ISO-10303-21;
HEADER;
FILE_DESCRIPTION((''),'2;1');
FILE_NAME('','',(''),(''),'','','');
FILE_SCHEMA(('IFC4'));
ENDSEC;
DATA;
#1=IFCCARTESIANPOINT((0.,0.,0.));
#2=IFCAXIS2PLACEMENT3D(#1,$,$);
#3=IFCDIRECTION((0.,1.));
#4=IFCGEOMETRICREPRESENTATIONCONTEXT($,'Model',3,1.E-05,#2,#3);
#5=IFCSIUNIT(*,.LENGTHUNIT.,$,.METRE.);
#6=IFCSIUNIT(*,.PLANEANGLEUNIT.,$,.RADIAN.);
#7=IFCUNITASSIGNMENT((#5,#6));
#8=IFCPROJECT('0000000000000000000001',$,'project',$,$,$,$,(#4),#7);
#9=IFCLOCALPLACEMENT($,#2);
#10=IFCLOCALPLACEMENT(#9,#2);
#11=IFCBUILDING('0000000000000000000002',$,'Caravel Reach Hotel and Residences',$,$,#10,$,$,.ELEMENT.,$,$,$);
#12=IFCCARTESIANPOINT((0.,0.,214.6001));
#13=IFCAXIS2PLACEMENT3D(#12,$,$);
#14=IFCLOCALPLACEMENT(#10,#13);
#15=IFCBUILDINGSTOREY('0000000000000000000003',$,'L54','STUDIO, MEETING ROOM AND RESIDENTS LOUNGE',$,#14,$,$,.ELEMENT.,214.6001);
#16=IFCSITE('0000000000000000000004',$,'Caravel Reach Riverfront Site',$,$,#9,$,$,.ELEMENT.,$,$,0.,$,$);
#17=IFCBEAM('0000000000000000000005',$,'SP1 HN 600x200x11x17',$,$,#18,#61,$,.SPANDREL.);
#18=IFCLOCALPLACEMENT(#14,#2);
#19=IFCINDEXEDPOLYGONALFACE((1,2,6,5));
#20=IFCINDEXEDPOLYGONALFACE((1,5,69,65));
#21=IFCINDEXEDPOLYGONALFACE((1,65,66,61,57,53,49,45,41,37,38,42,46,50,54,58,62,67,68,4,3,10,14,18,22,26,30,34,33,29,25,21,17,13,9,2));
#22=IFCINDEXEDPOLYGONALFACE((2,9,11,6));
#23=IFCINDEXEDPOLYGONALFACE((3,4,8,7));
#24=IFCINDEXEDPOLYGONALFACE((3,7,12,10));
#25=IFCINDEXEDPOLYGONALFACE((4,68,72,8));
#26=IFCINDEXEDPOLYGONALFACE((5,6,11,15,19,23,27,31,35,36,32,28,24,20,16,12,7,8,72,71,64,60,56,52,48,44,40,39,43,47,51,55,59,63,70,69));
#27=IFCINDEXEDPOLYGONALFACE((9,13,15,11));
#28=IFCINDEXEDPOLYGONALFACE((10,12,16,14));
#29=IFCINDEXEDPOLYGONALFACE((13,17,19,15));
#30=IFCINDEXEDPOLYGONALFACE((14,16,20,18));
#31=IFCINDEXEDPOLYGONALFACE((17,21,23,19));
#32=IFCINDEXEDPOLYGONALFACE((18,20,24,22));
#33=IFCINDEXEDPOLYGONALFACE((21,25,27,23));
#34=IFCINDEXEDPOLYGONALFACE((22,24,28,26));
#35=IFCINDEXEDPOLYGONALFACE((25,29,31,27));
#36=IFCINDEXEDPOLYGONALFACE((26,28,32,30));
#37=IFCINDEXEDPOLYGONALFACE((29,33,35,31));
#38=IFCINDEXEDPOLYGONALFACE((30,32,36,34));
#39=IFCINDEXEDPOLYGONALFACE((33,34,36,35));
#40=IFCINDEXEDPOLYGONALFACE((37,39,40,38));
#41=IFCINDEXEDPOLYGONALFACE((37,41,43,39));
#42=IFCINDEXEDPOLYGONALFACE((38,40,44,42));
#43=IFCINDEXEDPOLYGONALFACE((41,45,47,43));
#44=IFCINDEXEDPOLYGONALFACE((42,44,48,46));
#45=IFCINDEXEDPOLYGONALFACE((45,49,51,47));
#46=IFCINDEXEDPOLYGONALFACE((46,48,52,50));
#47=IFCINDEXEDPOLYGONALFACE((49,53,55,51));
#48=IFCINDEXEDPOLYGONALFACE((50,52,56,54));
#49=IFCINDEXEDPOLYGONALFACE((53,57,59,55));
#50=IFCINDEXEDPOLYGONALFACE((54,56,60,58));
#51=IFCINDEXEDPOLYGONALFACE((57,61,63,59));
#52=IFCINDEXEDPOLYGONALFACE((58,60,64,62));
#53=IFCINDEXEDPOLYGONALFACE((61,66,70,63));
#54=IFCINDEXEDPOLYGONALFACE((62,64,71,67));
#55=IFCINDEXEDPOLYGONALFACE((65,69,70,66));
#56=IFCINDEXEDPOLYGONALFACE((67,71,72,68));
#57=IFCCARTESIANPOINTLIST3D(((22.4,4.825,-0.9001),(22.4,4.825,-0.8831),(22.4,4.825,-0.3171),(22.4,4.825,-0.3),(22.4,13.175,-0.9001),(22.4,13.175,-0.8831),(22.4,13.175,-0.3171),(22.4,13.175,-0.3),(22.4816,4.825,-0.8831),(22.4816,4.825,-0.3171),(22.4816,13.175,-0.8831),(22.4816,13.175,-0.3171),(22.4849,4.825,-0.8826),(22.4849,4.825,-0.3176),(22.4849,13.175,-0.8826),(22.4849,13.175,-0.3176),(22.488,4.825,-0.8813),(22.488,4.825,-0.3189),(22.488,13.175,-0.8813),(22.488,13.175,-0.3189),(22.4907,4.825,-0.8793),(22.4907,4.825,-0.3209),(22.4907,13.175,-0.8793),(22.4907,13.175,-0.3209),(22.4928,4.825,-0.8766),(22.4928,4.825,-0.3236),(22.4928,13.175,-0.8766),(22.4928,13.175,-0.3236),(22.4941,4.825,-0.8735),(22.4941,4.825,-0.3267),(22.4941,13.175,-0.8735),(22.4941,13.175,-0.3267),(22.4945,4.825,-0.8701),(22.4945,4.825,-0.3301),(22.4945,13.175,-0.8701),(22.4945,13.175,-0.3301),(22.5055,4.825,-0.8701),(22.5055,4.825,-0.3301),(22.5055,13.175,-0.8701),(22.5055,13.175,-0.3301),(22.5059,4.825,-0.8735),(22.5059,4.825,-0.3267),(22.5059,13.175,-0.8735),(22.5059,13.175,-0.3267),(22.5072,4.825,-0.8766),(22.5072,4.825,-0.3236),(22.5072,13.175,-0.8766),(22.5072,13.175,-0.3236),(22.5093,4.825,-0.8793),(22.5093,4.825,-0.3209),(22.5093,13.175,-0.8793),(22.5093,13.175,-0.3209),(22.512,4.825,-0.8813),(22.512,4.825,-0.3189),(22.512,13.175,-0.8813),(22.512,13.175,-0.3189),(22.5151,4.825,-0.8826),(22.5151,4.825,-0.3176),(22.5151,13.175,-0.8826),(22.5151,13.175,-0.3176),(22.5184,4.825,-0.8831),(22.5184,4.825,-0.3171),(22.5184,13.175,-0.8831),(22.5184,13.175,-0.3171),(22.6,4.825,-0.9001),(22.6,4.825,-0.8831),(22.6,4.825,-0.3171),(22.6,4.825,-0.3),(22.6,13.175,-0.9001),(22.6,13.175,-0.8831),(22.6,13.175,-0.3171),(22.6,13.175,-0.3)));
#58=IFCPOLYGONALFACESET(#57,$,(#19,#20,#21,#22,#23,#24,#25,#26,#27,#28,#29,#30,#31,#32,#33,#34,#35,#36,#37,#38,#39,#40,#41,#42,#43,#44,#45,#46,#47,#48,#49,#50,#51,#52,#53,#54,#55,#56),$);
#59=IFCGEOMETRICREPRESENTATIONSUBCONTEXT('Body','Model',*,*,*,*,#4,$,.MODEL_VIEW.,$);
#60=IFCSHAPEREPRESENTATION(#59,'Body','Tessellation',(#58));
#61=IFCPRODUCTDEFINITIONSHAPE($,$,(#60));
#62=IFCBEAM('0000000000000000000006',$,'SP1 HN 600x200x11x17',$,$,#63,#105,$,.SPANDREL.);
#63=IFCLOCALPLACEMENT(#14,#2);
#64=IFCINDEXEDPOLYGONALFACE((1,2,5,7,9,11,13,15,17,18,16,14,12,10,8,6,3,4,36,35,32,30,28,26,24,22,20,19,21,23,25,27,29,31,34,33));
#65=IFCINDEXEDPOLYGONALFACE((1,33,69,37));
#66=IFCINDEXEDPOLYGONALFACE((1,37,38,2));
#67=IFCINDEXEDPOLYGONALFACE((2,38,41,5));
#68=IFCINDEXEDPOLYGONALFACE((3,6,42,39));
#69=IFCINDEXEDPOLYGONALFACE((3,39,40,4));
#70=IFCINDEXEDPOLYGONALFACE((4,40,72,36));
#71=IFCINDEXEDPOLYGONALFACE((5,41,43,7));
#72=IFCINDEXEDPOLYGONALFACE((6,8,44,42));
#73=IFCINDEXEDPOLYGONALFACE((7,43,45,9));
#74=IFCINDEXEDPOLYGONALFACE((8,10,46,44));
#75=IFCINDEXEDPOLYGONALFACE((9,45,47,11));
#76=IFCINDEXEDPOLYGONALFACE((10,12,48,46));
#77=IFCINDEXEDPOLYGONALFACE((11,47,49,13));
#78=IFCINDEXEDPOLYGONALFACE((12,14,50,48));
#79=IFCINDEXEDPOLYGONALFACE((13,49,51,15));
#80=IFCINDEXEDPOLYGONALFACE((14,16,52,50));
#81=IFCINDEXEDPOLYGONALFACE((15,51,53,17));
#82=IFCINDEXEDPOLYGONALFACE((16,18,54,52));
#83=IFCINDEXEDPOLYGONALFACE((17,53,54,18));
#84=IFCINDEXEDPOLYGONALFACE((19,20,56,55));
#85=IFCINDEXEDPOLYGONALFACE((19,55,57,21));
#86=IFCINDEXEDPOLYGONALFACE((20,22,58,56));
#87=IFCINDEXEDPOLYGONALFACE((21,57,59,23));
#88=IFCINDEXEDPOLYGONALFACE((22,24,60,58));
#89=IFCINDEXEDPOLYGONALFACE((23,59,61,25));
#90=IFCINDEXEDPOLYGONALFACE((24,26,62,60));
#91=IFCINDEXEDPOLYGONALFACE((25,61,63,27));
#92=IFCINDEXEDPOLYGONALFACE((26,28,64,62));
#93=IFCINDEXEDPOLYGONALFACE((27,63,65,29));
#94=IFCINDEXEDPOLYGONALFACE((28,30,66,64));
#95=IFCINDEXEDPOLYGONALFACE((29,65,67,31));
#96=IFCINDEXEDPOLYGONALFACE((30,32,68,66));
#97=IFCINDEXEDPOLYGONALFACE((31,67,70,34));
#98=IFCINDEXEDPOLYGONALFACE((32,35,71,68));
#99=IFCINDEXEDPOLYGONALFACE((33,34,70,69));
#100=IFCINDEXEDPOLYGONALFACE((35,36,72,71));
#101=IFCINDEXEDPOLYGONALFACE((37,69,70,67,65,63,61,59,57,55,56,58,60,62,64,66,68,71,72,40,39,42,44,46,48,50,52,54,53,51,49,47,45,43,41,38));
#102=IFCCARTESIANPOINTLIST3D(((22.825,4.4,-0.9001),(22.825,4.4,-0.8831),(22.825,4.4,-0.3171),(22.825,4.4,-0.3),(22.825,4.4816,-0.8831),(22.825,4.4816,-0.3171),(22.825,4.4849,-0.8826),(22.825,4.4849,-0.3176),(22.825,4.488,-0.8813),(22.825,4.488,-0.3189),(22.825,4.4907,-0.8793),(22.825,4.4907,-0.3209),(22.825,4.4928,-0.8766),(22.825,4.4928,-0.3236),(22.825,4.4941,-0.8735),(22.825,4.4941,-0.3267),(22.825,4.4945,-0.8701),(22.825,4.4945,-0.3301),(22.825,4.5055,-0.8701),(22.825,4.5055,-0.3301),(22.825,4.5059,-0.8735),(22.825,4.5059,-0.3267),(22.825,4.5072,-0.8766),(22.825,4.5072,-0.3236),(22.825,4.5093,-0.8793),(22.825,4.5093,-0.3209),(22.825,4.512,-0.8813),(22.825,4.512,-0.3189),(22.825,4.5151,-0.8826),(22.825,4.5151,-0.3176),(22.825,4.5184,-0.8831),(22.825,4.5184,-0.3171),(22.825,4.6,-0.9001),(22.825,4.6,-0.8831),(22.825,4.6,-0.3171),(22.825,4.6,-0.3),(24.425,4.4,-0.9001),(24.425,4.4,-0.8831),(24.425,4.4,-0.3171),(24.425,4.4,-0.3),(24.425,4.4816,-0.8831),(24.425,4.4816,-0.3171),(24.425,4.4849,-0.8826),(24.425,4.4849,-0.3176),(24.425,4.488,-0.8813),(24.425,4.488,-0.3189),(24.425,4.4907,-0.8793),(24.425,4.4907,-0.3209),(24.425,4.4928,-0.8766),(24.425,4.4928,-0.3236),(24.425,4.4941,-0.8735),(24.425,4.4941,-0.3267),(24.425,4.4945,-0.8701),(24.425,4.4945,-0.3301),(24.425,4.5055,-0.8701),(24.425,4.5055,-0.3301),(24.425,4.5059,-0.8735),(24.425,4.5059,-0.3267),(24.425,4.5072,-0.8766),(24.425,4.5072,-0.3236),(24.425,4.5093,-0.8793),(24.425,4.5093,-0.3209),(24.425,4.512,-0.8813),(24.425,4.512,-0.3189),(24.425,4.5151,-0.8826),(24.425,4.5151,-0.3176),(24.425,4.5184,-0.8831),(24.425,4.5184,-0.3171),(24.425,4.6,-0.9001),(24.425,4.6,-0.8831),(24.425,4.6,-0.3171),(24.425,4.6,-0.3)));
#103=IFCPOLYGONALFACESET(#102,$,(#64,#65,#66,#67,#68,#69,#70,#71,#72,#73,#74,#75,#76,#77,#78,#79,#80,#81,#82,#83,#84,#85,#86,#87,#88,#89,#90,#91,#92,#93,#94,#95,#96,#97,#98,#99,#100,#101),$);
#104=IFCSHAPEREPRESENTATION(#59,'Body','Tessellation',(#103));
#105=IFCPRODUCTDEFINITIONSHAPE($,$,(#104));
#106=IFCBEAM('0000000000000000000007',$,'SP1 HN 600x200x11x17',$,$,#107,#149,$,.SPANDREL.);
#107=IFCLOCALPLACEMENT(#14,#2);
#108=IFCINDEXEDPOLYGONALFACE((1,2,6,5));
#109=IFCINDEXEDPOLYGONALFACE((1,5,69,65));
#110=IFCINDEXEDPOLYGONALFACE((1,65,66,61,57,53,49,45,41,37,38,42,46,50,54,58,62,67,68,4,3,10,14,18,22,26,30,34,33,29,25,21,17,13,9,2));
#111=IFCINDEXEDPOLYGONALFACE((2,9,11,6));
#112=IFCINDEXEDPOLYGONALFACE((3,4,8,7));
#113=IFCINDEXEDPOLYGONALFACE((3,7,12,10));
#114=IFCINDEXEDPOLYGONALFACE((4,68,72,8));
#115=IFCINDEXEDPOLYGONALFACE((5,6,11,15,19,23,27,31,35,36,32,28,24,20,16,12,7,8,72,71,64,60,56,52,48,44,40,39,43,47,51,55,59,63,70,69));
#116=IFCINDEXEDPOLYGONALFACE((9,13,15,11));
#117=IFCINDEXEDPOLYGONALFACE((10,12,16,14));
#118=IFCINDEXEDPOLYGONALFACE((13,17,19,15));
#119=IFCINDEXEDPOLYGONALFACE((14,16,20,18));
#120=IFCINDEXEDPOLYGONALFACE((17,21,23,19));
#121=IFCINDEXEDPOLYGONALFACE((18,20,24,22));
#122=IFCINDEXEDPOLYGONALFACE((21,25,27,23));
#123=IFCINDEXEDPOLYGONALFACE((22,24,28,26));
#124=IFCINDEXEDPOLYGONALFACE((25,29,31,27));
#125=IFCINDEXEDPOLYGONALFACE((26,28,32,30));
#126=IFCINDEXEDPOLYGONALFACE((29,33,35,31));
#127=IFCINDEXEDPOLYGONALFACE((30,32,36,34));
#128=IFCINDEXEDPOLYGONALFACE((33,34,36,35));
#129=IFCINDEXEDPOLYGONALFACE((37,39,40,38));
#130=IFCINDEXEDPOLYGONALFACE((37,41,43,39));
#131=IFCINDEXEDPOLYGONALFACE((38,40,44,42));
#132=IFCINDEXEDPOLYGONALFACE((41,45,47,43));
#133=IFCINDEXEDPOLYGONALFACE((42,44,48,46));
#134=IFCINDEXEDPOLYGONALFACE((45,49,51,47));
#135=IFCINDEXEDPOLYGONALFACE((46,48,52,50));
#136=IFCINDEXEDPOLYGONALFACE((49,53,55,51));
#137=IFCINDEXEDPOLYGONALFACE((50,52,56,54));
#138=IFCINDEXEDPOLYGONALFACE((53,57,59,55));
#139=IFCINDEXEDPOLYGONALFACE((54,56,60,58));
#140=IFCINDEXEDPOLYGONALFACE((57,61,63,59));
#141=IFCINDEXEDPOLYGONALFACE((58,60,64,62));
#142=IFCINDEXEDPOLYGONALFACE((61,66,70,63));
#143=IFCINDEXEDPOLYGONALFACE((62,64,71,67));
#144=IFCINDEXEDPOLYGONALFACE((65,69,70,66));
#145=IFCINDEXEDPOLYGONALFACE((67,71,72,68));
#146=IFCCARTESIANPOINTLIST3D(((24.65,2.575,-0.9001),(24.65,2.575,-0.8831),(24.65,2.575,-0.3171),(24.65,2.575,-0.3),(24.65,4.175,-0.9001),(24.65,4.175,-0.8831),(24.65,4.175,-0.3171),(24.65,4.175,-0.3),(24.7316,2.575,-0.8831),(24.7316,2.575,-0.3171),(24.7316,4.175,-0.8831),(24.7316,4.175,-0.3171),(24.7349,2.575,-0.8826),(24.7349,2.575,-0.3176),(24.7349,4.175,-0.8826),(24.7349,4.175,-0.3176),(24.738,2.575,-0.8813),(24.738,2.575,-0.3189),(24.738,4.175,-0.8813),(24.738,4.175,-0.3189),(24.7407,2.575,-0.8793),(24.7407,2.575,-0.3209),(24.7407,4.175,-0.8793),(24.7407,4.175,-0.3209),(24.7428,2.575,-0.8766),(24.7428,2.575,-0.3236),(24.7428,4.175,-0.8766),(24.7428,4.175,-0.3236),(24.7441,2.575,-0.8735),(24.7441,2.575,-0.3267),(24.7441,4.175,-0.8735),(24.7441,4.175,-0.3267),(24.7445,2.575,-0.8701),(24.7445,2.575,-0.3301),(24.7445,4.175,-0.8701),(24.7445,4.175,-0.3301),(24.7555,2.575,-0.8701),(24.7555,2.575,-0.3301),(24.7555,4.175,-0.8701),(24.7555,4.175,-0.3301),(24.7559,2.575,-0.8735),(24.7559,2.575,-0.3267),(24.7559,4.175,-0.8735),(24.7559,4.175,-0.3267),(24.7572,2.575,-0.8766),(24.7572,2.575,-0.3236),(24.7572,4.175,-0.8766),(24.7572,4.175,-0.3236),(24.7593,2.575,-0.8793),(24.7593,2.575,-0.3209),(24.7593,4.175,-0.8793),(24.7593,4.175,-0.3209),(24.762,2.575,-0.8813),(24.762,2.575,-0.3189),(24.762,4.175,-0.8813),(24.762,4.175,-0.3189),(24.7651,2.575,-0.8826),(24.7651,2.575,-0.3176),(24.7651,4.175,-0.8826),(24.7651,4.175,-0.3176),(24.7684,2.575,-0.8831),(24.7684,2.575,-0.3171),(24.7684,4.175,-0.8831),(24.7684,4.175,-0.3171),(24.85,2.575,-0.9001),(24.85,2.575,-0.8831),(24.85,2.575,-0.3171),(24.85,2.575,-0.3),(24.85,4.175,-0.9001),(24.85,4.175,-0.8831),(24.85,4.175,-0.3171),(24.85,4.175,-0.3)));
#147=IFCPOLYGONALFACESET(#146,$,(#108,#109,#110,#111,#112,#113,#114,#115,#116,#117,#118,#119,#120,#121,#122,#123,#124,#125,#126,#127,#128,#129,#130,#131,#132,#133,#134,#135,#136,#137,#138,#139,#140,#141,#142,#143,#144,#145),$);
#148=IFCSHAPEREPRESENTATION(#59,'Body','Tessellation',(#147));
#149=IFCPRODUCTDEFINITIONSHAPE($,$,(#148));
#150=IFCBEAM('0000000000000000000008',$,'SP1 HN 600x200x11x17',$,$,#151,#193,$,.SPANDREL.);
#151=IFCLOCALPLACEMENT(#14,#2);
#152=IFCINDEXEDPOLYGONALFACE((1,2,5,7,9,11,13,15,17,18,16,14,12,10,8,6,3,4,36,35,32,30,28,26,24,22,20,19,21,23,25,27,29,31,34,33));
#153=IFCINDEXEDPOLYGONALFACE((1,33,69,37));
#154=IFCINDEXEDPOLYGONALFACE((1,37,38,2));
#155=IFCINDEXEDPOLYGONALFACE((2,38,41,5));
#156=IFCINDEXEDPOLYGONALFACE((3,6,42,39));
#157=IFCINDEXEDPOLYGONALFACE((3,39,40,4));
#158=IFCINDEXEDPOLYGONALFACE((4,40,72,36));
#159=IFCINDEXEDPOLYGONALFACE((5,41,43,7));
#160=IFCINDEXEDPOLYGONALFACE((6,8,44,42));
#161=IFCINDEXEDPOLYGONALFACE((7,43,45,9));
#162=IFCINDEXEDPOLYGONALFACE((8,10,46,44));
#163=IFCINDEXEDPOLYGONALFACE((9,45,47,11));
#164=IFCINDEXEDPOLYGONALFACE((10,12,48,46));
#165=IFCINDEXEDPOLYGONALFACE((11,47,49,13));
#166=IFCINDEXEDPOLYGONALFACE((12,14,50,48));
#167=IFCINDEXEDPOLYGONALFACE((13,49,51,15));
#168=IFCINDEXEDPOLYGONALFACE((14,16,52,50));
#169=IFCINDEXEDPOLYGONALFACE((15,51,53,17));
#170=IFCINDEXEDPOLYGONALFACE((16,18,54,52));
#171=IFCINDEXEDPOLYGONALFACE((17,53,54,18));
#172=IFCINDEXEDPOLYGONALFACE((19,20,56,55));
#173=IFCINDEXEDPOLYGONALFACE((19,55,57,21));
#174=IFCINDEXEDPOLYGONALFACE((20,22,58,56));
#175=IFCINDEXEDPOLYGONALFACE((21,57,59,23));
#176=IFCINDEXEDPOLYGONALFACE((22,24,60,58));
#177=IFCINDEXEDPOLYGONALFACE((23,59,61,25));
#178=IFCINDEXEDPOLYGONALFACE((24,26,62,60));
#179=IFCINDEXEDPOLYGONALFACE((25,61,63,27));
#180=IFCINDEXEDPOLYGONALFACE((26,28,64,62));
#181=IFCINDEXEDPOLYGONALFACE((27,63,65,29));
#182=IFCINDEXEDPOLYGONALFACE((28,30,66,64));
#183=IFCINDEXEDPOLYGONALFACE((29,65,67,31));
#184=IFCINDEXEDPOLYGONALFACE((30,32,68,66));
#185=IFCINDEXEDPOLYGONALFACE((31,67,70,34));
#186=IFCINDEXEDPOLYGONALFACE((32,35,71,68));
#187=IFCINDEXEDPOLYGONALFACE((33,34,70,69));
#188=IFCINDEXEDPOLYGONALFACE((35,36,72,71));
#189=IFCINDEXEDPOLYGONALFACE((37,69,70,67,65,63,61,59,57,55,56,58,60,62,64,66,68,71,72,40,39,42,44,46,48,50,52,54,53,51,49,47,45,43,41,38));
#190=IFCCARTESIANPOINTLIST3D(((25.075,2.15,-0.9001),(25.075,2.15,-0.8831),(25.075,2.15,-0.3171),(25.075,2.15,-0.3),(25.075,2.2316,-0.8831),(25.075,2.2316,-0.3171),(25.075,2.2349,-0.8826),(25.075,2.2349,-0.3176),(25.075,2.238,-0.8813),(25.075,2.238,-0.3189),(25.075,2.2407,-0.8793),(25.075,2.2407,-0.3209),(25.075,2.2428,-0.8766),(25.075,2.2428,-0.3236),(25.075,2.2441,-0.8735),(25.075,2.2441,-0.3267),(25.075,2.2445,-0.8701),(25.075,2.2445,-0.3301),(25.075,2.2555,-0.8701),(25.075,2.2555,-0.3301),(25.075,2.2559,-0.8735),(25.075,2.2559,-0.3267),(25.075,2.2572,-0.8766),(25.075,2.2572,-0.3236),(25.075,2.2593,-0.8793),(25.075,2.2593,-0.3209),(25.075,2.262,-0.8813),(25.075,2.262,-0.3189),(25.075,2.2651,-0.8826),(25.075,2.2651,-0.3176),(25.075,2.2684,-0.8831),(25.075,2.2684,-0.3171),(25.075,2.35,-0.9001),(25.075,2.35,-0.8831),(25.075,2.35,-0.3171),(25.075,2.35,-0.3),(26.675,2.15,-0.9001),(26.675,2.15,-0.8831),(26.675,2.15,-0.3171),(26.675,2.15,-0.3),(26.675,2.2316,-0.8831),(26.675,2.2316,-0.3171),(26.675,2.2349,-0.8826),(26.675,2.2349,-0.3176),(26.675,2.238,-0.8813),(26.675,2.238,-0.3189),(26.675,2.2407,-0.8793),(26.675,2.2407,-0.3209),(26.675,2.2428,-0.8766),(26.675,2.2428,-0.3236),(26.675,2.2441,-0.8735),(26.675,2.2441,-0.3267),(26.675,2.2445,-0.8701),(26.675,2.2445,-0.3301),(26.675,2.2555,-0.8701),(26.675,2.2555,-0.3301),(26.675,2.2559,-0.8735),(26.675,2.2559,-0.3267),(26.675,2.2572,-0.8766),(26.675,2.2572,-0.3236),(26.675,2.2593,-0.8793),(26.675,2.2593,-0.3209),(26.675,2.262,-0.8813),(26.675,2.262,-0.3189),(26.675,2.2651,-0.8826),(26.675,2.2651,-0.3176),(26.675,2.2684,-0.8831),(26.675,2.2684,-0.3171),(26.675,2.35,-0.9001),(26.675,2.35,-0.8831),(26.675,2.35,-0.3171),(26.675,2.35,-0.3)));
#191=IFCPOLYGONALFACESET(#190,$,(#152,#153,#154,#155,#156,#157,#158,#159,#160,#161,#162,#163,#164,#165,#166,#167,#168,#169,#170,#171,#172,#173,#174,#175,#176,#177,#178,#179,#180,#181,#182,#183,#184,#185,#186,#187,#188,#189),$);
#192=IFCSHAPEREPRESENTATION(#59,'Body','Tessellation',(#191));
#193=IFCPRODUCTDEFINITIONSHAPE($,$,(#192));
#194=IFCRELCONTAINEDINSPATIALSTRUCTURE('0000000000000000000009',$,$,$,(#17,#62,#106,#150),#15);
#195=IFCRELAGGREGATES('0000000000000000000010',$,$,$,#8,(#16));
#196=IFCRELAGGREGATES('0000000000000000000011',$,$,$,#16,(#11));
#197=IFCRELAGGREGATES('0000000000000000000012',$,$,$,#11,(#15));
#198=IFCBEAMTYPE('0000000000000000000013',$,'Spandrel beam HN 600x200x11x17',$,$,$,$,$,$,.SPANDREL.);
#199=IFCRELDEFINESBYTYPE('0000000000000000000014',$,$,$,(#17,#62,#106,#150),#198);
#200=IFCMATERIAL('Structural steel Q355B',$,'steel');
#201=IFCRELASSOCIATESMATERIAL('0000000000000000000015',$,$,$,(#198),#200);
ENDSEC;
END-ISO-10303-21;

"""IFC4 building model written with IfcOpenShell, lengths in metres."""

from ifc_helpers import new_model, si_unit, direction, frame, origin, origin_2d, place, context, subcontext, project, spatial, i_section, extrude, material, material_profile, profile_set, type_object, element, save


model = new_model("IFC4")

# Units and contexts
model_context = context("Model", 3, precision=1e-05, world=origin(), true_north=direction((0.0, 1.0)))
body_context = subcontext(model_context, "Body", "Model", "MODEL_VIEW")
ifc_project = project(units=[si_unit("LENGTHUNIT", "METRE"), si_unit("PLANEANGLEUNIT", "RADIAN")], contexts=[model_context])

# Site, building, storey
site_placement = place(None, origin())
site = spatial("IfcSite", under=ifc_project, at=site_placement, Name="Caravel Reach Riverfront Site", CompositionType="ELEMENT", RefElevation=0.0)
building_placement = place(site_placement, origin())
building = spatial("IfcBuilding", under=site, at=building_placement, Name="Caravel Reach Hotel and Residences", CompositionType="ELEMENT")
storey_placement = place(building_placement, frame((0.0, 0.0, 214.6001)))
storey = spatial("IfcBuildingStorey", under=building, at=storey_placement, Name="L54", Description="STUDIO, MEETING ROOM AND RESIDENTS LOUNGE", CompositionType="ELEMENT", Elevation=214.6001)

# Beams
ifc_material_1 = material(Name="Structural steel Q355B", Category="steel")
ifc_material_profile_1 = material_profile(ifc_material_1, i_section(OverallWidth=0.2, OverallDepth=0.6001, WebThickness=0.011, FlangeThickness=0.0171, FilletRadius=0.0129, at=origin_2d()), Name="HN 600x200x11x17")
ifc_profile_set_1 = profile_set([ifc_material_profile_1], Name="Structural steel Q355B")
beam_type_1 = type_object("IfcBeamType", Name="Spandrel beam HN 600x200x11x17", PredefinedType="SPANDREL", material=ifc_profile_set_1)
beam_1_placement = place(storey_placement, frame((22.5, 13.175, -0.6001), z_axis=(0.0, -1.0, 0.0), x_axis=(1.0, 0.0, 0.0)))
element("IfcBeam", 1, at=beam_1_placement, inside=storey, type_object=beam_type_1, Name="SP1 HN 600x200x11x17", PredefinedType="SPANDREL", context=body_context, shape_type="SweptSolid", body=[
    extrude(i_section(OverallWidth=0.2, OverallDepth=0.6001, WebThickness=0.011, FlangeThickness=0.0171, FilletRadius=0.0129, at=origin_2d()), origin(), (0.0, 0.0, 1.0), 8.3501),
])
for number, where, z_axis, x_axis, name in (
    (2, (22.825, 4.5, -0.6001), (1.0, 0.0, 0.0), (0.0, 1.0, 0.0), "SP1 HN 600x200x11x17"),
    (3, (24.75, 4.175, -0.6001), (0.0, -1.0, 0.0), (1.0, 0.0, 0.0), "SP1 HN 600x200x11x17"),
    (4, (25.075, 2.25, -0.6001), (1.0, 0.0, 0.0), (0.0, 1.0, 0.0), "SP1 HN 600x200x11x17"),
):
    element("IfcBeam", number, at=place(storey_placement, frame(where, z_axis=z_axis, x_axis=x_axis)), inside=storey, type_object=beam_type_1, Name=name, PredefinedType="SPANDREL", context=body_context, shape_type="SweptSolid", body=[
        extrude(i_section(OverallWidth=0.2, OverallDepth=0.6001, WebThickness=0.011, FlangeThickness=0.0171, FilletRadius=0.0129, at=origin_2d()), origin(), (0.0, 0.0, 1.0), 1.6001),
    ])

save(model, "model.ifc")
